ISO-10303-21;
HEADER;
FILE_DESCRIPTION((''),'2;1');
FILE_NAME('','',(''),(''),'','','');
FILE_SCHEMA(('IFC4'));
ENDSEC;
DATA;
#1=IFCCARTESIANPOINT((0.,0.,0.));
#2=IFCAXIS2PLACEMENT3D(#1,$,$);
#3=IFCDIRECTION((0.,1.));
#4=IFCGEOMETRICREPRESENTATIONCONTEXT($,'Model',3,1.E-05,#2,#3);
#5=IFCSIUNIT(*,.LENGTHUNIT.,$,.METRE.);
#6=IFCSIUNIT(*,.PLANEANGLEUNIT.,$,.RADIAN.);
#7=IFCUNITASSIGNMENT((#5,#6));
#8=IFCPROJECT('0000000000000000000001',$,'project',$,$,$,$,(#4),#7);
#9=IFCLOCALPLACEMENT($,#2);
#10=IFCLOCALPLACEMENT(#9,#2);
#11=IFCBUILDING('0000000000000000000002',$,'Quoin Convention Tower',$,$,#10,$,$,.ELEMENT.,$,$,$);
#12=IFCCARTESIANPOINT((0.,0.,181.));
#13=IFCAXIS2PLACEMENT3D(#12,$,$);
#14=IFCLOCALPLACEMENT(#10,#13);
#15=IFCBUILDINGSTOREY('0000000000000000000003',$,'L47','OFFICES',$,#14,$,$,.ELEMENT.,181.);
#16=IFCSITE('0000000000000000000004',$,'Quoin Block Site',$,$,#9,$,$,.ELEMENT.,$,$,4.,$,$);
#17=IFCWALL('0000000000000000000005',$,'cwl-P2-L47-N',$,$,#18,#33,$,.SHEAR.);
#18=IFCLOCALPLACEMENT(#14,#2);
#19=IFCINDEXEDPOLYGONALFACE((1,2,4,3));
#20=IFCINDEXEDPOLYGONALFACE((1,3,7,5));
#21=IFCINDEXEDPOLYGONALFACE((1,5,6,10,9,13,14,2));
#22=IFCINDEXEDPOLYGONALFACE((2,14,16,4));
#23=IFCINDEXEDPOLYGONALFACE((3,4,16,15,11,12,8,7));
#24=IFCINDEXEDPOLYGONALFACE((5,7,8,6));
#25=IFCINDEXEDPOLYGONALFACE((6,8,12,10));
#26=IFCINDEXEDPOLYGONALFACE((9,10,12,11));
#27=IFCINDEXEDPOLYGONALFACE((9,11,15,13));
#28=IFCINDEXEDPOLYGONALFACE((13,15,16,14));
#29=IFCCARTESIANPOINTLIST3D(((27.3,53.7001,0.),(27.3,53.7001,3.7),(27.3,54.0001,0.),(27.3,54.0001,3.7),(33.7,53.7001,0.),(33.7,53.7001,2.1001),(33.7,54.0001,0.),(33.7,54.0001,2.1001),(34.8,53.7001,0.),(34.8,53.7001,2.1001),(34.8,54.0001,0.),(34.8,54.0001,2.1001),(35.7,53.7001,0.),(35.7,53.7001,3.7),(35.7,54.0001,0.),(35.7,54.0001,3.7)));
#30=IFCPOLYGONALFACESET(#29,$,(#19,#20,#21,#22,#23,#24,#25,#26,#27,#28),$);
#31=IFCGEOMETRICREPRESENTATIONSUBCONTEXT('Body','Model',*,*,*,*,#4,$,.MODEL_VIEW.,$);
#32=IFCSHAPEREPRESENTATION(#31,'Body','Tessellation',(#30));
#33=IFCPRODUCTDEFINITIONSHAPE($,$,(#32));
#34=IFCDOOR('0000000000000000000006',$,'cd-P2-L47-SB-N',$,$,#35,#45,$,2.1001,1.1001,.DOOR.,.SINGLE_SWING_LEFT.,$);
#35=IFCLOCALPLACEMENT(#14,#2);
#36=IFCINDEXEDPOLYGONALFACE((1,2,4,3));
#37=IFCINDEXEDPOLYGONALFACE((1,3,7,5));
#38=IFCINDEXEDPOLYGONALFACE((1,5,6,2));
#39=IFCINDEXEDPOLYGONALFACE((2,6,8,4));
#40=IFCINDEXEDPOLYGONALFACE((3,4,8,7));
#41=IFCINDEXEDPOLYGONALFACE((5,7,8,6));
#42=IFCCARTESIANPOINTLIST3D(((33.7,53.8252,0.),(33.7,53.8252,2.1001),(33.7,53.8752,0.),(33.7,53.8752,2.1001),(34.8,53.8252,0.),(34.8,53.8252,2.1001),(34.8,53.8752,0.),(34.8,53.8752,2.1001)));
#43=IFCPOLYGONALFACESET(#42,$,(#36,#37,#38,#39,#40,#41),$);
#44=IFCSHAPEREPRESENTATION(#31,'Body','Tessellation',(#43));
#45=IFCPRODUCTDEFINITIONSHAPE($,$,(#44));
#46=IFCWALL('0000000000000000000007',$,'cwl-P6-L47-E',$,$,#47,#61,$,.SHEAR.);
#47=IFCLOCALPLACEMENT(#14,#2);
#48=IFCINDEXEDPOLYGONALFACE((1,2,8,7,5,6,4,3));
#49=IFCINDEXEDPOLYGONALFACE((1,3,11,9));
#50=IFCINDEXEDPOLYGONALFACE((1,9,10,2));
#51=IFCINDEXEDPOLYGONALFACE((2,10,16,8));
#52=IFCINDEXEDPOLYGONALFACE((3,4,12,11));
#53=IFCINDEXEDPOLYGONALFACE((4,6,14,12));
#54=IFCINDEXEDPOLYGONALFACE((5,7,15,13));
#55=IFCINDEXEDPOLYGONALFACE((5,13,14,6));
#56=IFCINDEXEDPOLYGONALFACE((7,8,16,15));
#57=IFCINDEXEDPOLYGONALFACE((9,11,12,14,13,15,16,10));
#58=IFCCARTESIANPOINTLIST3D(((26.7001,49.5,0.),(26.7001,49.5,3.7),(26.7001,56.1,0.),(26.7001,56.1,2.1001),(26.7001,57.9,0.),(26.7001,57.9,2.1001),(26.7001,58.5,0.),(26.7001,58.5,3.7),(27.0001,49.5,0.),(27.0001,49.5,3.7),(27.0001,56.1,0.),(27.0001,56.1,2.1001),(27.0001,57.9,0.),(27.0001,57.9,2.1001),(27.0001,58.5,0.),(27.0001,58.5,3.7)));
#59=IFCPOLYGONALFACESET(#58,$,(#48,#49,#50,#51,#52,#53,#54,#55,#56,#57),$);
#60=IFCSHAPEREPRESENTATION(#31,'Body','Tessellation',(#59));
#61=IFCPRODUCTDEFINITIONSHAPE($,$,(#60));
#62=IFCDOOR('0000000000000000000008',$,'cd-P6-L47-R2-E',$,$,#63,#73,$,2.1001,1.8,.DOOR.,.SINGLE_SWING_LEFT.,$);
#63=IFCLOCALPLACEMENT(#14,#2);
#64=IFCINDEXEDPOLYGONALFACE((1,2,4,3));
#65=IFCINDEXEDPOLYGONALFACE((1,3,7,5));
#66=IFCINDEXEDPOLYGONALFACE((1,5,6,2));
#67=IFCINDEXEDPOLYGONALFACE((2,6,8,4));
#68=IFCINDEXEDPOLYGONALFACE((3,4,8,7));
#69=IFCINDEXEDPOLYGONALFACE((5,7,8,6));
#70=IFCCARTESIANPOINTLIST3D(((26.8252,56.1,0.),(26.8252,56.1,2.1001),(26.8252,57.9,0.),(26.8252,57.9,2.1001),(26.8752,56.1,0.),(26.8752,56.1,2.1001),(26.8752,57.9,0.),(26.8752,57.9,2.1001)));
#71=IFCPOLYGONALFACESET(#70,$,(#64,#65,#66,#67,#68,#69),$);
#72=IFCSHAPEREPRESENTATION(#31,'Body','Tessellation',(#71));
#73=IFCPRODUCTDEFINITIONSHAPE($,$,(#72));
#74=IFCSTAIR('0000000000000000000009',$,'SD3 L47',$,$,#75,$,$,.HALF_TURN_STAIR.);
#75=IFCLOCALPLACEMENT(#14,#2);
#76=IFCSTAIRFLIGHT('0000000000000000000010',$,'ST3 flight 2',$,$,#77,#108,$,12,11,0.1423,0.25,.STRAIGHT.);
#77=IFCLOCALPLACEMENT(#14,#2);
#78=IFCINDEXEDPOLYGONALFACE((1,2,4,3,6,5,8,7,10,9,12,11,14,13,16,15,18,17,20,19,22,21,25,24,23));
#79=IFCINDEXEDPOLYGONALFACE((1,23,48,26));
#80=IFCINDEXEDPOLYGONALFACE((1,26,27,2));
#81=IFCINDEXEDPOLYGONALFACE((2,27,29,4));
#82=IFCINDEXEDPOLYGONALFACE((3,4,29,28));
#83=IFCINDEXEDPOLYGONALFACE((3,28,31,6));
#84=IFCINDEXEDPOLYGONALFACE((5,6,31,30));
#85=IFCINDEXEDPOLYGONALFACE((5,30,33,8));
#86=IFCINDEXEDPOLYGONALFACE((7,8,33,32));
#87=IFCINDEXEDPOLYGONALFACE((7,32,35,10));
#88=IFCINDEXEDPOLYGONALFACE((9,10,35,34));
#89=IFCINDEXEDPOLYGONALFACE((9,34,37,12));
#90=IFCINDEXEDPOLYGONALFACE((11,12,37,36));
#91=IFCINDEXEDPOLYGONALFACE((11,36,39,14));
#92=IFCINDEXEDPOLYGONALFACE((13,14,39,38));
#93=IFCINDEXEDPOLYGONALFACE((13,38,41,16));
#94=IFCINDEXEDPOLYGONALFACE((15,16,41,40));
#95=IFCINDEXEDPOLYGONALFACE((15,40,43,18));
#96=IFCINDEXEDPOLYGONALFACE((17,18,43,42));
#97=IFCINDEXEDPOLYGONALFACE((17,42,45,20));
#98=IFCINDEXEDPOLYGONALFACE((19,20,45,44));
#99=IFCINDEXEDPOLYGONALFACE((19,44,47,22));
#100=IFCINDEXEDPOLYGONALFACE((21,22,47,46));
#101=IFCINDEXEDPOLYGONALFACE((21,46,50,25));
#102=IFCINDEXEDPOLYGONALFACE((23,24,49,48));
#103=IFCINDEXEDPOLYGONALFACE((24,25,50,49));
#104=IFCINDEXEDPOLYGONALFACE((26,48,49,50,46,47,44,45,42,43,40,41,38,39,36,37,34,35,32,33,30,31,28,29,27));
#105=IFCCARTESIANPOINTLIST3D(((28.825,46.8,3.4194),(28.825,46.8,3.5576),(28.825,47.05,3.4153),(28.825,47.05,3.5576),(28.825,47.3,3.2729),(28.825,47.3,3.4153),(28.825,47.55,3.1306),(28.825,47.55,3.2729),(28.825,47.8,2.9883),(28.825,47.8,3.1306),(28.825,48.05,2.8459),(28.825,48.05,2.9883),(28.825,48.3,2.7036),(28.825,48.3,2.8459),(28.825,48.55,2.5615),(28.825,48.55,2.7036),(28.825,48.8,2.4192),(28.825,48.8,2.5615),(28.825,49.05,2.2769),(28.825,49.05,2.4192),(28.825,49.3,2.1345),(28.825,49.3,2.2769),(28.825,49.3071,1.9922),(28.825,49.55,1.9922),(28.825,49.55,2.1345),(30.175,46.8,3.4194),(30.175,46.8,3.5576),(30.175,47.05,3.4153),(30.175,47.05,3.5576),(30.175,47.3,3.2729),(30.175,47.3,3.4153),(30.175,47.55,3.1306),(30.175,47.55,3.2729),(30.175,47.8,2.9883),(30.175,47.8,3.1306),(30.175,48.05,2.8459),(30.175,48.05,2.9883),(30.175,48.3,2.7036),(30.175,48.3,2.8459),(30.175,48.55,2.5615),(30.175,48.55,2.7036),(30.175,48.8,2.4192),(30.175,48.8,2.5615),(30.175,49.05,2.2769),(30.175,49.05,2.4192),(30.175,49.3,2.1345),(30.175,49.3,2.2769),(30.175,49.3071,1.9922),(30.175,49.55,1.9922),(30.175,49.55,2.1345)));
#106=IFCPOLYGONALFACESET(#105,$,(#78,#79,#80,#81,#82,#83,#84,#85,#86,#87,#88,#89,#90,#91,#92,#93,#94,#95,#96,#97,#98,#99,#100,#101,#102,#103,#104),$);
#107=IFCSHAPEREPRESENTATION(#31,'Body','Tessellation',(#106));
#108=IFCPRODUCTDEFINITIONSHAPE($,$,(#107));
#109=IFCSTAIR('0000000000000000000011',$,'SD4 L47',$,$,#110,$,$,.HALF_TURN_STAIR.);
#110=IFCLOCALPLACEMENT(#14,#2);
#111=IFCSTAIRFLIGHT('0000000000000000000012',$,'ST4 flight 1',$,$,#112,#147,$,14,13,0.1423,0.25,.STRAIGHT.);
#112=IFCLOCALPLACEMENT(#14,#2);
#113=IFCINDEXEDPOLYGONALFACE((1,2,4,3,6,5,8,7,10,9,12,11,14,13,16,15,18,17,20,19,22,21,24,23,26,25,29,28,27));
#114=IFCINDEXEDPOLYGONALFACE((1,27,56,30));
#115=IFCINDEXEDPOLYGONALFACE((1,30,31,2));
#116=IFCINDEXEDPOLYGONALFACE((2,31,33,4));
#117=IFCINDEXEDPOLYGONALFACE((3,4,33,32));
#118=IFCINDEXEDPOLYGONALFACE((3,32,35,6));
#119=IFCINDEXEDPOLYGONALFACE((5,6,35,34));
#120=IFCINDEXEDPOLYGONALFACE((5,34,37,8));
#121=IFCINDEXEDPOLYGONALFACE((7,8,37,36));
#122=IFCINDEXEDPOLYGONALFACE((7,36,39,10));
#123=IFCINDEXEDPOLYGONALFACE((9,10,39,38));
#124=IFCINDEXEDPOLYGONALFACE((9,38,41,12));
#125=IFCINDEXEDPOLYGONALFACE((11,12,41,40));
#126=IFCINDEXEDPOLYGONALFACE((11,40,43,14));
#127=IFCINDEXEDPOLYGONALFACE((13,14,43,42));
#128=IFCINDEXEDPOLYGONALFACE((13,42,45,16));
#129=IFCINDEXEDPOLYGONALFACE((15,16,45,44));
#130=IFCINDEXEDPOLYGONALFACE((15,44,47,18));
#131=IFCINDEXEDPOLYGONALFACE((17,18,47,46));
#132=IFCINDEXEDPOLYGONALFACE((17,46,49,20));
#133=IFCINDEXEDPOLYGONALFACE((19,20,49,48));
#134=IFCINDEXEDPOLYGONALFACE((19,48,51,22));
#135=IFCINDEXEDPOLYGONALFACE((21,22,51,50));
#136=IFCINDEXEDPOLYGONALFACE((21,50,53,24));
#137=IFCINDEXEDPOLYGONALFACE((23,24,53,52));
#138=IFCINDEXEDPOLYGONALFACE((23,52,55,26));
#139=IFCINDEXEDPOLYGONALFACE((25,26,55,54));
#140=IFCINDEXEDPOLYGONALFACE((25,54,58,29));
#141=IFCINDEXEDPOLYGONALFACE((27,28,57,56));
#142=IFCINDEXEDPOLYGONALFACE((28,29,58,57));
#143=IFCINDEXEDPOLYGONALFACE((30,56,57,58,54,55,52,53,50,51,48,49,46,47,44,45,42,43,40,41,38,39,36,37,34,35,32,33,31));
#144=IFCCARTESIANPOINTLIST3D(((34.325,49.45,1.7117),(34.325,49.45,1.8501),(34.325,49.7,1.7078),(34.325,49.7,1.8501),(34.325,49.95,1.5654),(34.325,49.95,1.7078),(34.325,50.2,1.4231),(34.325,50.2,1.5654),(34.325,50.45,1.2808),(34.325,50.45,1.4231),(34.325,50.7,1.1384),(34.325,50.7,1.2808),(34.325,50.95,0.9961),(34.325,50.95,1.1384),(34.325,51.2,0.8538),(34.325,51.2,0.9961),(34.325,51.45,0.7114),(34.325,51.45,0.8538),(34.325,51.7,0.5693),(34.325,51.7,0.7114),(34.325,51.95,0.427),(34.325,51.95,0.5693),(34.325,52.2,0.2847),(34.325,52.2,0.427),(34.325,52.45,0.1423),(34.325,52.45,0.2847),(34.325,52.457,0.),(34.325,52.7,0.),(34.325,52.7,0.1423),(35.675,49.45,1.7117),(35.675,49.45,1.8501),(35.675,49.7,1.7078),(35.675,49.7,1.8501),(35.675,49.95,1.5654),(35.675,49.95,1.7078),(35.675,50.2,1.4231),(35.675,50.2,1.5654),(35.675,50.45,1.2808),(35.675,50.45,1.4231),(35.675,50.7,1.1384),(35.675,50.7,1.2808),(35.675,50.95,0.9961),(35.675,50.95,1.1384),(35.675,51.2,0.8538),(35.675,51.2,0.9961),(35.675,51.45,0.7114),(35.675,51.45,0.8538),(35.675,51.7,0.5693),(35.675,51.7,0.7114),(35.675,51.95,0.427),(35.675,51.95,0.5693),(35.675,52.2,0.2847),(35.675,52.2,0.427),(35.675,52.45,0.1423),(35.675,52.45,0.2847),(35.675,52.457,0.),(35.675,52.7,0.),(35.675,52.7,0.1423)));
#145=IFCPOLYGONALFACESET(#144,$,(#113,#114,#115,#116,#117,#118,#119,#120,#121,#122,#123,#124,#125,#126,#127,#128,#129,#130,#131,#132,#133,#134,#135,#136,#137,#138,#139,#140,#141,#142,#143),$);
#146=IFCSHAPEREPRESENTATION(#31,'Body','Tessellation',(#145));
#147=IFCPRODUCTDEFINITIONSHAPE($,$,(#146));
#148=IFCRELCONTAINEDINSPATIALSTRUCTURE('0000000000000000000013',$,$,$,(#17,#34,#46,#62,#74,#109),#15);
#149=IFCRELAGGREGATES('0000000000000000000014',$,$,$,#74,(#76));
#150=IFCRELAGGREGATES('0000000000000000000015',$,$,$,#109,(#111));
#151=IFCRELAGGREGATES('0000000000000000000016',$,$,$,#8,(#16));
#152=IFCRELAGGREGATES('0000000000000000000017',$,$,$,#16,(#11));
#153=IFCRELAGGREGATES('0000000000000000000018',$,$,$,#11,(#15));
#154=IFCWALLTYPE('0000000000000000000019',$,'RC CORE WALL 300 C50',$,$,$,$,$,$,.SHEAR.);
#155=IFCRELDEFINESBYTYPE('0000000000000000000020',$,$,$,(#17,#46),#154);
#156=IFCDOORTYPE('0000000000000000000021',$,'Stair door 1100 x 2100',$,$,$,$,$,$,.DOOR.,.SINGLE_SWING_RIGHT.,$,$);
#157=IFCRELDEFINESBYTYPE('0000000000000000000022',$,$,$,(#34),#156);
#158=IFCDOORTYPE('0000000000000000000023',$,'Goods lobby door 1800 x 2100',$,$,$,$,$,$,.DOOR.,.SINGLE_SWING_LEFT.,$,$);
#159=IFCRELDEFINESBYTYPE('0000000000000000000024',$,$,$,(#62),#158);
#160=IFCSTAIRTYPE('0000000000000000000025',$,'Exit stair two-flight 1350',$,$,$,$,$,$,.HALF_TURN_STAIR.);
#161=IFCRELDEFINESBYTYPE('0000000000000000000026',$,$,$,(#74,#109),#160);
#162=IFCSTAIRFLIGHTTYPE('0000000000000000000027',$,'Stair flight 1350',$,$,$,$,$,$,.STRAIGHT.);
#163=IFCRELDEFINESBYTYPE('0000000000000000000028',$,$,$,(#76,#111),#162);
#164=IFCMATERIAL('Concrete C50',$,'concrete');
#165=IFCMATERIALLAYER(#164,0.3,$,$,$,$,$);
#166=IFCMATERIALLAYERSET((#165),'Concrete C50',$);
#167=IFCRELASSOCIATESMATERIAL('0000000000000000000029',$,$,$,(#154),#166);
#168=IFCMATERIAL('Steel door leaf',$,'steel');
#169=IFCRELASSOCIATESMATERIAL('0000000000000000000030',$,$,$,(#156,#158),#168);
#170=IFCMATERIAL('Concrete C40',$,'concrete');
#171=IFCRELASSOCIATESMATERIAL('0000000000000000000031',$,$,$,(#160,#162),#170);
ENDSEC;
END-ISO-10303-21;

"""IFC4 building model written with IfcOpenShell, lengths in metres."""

from ifc_helpers import new_model, si_unit, direction, frame, frame_2d, origin, place, context, subcontext, project, spatial, polyline, rectangle, outline, extrude, material, layer, layer_set, type_object, element, fill, aggregate, save


model = new_model("IFC4")

# Units and contexts
model_context = context("Model", 3, precision=1e-05, world=origin(), true_north=direction((0.0, 1.0)))
body_context = subcontext(model_context, "Body", "Model", "MODEL_VIEW")
ifc_project = project(units=[si_unit("LENGTHUNIT", "METRE"), si_unit("PLANEANGLEUNIT", "RADIAN")], contexts=[model_context])

# Site, building, storey
site_placement = place(None, origin())
site = spatial("IfcSite", under=ifc_project, at=site_placement, Name="Quoin Block Site", CompositionType="ELEMENT", RefElevation=4.0)
building_placement = place(site_placement, origin())
building = spatial("IfcBuilding", under=site, at=building_placement, Name="Quoin Convention Tower", CompositionType="ELEMENT")
storey_placement = place(building_placement, frame((0.0, 0.0, 181.0)))
storey = spatial("IfcBuildingStorey", under=building, at=storey_placement, Name="L47", Description="OFFICES", CompositionType="ELEMENT", Elevation=181.0)

# Shared definitions
ifc_material_1 = material(Name="Concrete C50", Category="concrete")

# Walls, openings, doors
ifc_layer_1 = layer(ifc_material_1, 0.3)
ifc_layer_set_1 = layer_set([ifc_layer_1], Name="Concrete C50")
wall_type_1 = type_object("IfcWallType", Name="RC CORE WALL 300 C50", PredefinedType="SHEAR", material=ifc_layer_set_1)
wall_1_placement = place(storey_placement, frame((27.3, 53.8501, 0.0), z_axis=(0.0, 0.0, 1.0), x_axis=(1.0, 0.0, 0.0)))
wall_1 = element("IfcWall", 1, at=wall_1_placement, inside=storey, type_object=wall_type_1, Name="cwl-P2-L47-N", PredefinedType="SHEAR", context=body_context, shape_type="SweptSolid", body=[
    extrude(rectangle(XDim=8.3999, YDim=0.3, at=frame_2d((4.2, 0.0))), origin(), (0.0, 0.0, 1.0), 3.7),
])
opening_1_placement = place(wall_1_placement, frame((6.3999, 0.0, 0.0)))
opening_1 = element("IfcOpeningElement", 2, at=opening_1_placement, cuts=wall_1, PredefinedType="OPENING", context=body_context, shape_type="SweptSolid", body=[
    extrude(rectangle(XDim=1.1001, YDim=2.1001, at=frame_2d((0.55, 1.05))), frame((0.0, 0.1599, 0.0), z_axis=(0.0, -1.0, 0.0), x_axis=(1.0, 0.0, 0.0)), (0.0, 0.0, 1.0), 0.3201),
])
ifc_material_2 = material(Name="Steel door leaf", Category="steel")
door_type_1 = type_object("IfcDoorType", Name="Stair door 1100 x 2100", OperationType="SINGLE_SWING_RIGHT", PredefinedType="DOOR", material=ifc_material_2)
door_1_placement = place(opening_1_placement, frame((1.1001, 0.0, 0.0), z_axis=(0.0, 0.0, 1.0), x_axis=(-1.0, 0.0, 0.0)))
door_1 = element("IfcDoor", 3, at=door_1_placement, inside=storey, type_object=door_type_1, Name="cd-P2-L47-SB-N", OperationType="SINGLE_SWING_LEFT", OverallHeight=2.1001, OverallWidth=1.1001, PredefinedType="DOOR", context=body_context, shape_type="SweptSolid", body=[
    extrude(rectangle(XDim=1.1001, YDim=2.1001, at=frame_2d((0.55, 1.05))), frame((0.0, 0.0249, 0.0), z_axis=(0.0, -1.0, 0.0), x_axis=(1.0, 0.0, 0.0)), (0.0, 0.0, 1.0), 0.05),
])
fill(opening_1, door_1)
wall_2_placement = place(storey_placement, frame((26.8501, 49.5, 0.0), z_axis=(0.0, 0.0, 1.0), x_axis=(0.0, 1.0, 0.0)))
wall_2 = element("IfcWall", 4, at=wall_2_placement, inside=storey, type_object=wall_type_1, Name="cwl-P6-L47-E", PredefinedType="SHEAR", context=body_context, shape_type="SweptSolid", body=[
    extrude(rectangle(XDim=9.0, YDim=0.3, at=frame_2d((4.5, 0.0))), origin(), (0.0, 0.0, 1.0), 3.7),
])
opening_2_placement = place(wall_2_placement, frame((6.6001, 0.0, 0.0)))
opening_2 = element("IfcOpeningElement", 5, at=opening_2_placement, cuts=wall_2, PredefinedType="OPENING", context=body_context, shape_type="SweptSolid", body=[
    extrude(rectangle(XDim=1.8, YDim=2.1001, at=frame_2d((0.8999, 1.05))), frame((0.0, 0.1599, 0.0), z_axis=(0.0, -1.0, 0.0), x_axis=(1.0, 0.0, 0.0)), (0.0, 0.0, 1.0), 0.3201),
])
door_type_2 = type_object("IfcDoorType", Name="Goods lobby door 1800 x 2100", OperationType="SINGLE_SWING_LEFT", PredefinedType="DOOR", material=ifc_material_2)
door_2_placement = place(opening_2_placement, origin())
door_2 = element("IfcDoor", 6, at=door_2_placement, inside=storey, type_object=door_type_2, Name="cd-P6-L47-R2-E", OperationType="SINGLE_SWING_LEFT", OverallHeight=2.1001, OverallWidth=1.8, PredefinedType="DOOR", context=body_context, shape_type="SweptSolid", body=[
    extrude(rectangle(XDim=1.8, YDim=2.1001, at=frame_2d((0.8999, 1.05))), frame((0.0, 0.0249, 0.0), z_axis=(0.0, -1.0, 0.0), x_axis=(1.0, 0.0, 0.0)), (0.0, 0.0, 1.0), 0.05),
])
fill(opening_2, door_2)

# Stair, stair flight
ifc_material_3 = material(Name="Concrete C40", Category="concrete")
stair_type_1 = type_object("IfcStairType", Name="Exit stair two-flight 1350", PredefinedType="HALF_TURN_STAIR", material=ifc_material_3)
stair_1_placement = place(storey_placement, origin())
stair_1 = element("IfcStair", 7, at=stair_1_placement, inside=storey, type_object=stair_type_1, Name="SD3 L47", PredefinedType="HALF_TURN_STAIR")
stair_flight_type_1 = type_object("IfcStairFlightType", Name="Stair flight 1350", PredefinedType="STRAIGHT", material=ifc_material_3)
stair_flight_1_placement = place(storey_placement, frame((29.5, 49.55, 1.9922), z_axis=(0.0, 0.0, 1.0), x_axis=(0.0, -1.0, 0.0)))
stair_flight_1 = element("IfcStairFlight", 8, at=stair_flight_1_placement, type_object=stair_flight_type_1, Name="ST3 flight 2", NumberOfRisers=12, NumberOfTreads=11, PredefinedType="STRAIGHT", RiserHeight=0.1423, TreadLength=0.25, context=body_context, shape_type="SweptSolid", body=[
    extrude(outline(polyline([(0.0, 0.0), (0.0, 0.1423), (0.25, 0.1423), (0.25, 0.2847), (0.5, 0.2847), (0.5, 0.427), (0.75, 0.427), (0.75, 0.5693), (1.0, 0.5693), (1.0, 0.7114), (1.25, 0.7114), (1.25, 0.8538), (1.5, 0.8538), (1.5, 0.9961), (1.75, 0.9961), (1.75, 1.1384), (2.0, 1.1384), (2.0, 1.2808), (2.25, 1.2808), (2.25, 1.4231), (2.5, 1.4231), (2.5, 1.5654), (2.75, 1.5654), (2.75, 1.7078), (2.75, 1.4272), (0.2429, 0.0), (0.0, 0.0)])), frame((0.0, 0.675, 0.0), z_axis=(0.0, -1.0, 0.0), x_axis=(1.0, 0.0, 0.0)), (0.0, 0.0, 1.0), 1.3501),
])
aggregate(stair_1, [stair_flight_1])

# Stair, stair flight
stair_2_placement = place(storey_placement, origin())
stair_2 = element("IfcStair", 9, at=stair_2_placement, inside=storey, type_object=stair_type_1, Name="SD4 L47", PredefinedType="HALF_TURN_STAIR")
stair_flight_2_placement = place(storey_placement, frame((35.0, 52.7, 0.0), z_axis=(0.0, 0.0, 1.0), x_axis=(0.0, -1.0, 0.0)))
stair_flight_2 = element("IfcStairFlight", 10, at=stair_flight_2_placement, type_object=stair_flight_type_1, Name="ST4 flight 1", NumberOfRisers=14, NumberOfTreads=13, PredefinedType="STRAIGHT", RiserHeight=0.1423, TreadLength=0.25, context=body_context, shape_type="SweptSolid", body=[
    extrude(outline(polyline([(0.0, 0.0), (0.0, 0.1423), (0.25, 0.1423), (0.25, 0.2847), (0.5, 0.2847), (0.5, 0.427), (0.75, 0.427), (0.75, 0.5693), (1.0, 0.5693), (1.0, 0.7114), (1.25, 0.7114), (1.25, 0.8538), (1.5, 0.8538), (1.5, 0.9961), (1.75, 0.9961), (1.75, 1.1384), (2.0, 1.1384), (2.0, 1.2808), (2.25, 1.2808), (2.25, 1.4231), (2.5, 1.4231), (2.5, 1.5654), (2.75, 1.5654), (2.75, 1.7078), (3.0, 1.7078), (3.0, 1.8501), (3.25, 1.8501), (3.25, 1.9922), (3.25, 1.7117), (0.2429, 0.0), (0.0, 0.0)])), frame((0.0, 0.675, 0.0), z_axis=(0.0, -1.0, 0.0), x_axis=(1.0, 0.0, 0.0)), (0.0, 0.0, 1.0), 1.3501),
])
aggregate(stair_2, [stair_flight_2])

save(model, "model.ifc")
